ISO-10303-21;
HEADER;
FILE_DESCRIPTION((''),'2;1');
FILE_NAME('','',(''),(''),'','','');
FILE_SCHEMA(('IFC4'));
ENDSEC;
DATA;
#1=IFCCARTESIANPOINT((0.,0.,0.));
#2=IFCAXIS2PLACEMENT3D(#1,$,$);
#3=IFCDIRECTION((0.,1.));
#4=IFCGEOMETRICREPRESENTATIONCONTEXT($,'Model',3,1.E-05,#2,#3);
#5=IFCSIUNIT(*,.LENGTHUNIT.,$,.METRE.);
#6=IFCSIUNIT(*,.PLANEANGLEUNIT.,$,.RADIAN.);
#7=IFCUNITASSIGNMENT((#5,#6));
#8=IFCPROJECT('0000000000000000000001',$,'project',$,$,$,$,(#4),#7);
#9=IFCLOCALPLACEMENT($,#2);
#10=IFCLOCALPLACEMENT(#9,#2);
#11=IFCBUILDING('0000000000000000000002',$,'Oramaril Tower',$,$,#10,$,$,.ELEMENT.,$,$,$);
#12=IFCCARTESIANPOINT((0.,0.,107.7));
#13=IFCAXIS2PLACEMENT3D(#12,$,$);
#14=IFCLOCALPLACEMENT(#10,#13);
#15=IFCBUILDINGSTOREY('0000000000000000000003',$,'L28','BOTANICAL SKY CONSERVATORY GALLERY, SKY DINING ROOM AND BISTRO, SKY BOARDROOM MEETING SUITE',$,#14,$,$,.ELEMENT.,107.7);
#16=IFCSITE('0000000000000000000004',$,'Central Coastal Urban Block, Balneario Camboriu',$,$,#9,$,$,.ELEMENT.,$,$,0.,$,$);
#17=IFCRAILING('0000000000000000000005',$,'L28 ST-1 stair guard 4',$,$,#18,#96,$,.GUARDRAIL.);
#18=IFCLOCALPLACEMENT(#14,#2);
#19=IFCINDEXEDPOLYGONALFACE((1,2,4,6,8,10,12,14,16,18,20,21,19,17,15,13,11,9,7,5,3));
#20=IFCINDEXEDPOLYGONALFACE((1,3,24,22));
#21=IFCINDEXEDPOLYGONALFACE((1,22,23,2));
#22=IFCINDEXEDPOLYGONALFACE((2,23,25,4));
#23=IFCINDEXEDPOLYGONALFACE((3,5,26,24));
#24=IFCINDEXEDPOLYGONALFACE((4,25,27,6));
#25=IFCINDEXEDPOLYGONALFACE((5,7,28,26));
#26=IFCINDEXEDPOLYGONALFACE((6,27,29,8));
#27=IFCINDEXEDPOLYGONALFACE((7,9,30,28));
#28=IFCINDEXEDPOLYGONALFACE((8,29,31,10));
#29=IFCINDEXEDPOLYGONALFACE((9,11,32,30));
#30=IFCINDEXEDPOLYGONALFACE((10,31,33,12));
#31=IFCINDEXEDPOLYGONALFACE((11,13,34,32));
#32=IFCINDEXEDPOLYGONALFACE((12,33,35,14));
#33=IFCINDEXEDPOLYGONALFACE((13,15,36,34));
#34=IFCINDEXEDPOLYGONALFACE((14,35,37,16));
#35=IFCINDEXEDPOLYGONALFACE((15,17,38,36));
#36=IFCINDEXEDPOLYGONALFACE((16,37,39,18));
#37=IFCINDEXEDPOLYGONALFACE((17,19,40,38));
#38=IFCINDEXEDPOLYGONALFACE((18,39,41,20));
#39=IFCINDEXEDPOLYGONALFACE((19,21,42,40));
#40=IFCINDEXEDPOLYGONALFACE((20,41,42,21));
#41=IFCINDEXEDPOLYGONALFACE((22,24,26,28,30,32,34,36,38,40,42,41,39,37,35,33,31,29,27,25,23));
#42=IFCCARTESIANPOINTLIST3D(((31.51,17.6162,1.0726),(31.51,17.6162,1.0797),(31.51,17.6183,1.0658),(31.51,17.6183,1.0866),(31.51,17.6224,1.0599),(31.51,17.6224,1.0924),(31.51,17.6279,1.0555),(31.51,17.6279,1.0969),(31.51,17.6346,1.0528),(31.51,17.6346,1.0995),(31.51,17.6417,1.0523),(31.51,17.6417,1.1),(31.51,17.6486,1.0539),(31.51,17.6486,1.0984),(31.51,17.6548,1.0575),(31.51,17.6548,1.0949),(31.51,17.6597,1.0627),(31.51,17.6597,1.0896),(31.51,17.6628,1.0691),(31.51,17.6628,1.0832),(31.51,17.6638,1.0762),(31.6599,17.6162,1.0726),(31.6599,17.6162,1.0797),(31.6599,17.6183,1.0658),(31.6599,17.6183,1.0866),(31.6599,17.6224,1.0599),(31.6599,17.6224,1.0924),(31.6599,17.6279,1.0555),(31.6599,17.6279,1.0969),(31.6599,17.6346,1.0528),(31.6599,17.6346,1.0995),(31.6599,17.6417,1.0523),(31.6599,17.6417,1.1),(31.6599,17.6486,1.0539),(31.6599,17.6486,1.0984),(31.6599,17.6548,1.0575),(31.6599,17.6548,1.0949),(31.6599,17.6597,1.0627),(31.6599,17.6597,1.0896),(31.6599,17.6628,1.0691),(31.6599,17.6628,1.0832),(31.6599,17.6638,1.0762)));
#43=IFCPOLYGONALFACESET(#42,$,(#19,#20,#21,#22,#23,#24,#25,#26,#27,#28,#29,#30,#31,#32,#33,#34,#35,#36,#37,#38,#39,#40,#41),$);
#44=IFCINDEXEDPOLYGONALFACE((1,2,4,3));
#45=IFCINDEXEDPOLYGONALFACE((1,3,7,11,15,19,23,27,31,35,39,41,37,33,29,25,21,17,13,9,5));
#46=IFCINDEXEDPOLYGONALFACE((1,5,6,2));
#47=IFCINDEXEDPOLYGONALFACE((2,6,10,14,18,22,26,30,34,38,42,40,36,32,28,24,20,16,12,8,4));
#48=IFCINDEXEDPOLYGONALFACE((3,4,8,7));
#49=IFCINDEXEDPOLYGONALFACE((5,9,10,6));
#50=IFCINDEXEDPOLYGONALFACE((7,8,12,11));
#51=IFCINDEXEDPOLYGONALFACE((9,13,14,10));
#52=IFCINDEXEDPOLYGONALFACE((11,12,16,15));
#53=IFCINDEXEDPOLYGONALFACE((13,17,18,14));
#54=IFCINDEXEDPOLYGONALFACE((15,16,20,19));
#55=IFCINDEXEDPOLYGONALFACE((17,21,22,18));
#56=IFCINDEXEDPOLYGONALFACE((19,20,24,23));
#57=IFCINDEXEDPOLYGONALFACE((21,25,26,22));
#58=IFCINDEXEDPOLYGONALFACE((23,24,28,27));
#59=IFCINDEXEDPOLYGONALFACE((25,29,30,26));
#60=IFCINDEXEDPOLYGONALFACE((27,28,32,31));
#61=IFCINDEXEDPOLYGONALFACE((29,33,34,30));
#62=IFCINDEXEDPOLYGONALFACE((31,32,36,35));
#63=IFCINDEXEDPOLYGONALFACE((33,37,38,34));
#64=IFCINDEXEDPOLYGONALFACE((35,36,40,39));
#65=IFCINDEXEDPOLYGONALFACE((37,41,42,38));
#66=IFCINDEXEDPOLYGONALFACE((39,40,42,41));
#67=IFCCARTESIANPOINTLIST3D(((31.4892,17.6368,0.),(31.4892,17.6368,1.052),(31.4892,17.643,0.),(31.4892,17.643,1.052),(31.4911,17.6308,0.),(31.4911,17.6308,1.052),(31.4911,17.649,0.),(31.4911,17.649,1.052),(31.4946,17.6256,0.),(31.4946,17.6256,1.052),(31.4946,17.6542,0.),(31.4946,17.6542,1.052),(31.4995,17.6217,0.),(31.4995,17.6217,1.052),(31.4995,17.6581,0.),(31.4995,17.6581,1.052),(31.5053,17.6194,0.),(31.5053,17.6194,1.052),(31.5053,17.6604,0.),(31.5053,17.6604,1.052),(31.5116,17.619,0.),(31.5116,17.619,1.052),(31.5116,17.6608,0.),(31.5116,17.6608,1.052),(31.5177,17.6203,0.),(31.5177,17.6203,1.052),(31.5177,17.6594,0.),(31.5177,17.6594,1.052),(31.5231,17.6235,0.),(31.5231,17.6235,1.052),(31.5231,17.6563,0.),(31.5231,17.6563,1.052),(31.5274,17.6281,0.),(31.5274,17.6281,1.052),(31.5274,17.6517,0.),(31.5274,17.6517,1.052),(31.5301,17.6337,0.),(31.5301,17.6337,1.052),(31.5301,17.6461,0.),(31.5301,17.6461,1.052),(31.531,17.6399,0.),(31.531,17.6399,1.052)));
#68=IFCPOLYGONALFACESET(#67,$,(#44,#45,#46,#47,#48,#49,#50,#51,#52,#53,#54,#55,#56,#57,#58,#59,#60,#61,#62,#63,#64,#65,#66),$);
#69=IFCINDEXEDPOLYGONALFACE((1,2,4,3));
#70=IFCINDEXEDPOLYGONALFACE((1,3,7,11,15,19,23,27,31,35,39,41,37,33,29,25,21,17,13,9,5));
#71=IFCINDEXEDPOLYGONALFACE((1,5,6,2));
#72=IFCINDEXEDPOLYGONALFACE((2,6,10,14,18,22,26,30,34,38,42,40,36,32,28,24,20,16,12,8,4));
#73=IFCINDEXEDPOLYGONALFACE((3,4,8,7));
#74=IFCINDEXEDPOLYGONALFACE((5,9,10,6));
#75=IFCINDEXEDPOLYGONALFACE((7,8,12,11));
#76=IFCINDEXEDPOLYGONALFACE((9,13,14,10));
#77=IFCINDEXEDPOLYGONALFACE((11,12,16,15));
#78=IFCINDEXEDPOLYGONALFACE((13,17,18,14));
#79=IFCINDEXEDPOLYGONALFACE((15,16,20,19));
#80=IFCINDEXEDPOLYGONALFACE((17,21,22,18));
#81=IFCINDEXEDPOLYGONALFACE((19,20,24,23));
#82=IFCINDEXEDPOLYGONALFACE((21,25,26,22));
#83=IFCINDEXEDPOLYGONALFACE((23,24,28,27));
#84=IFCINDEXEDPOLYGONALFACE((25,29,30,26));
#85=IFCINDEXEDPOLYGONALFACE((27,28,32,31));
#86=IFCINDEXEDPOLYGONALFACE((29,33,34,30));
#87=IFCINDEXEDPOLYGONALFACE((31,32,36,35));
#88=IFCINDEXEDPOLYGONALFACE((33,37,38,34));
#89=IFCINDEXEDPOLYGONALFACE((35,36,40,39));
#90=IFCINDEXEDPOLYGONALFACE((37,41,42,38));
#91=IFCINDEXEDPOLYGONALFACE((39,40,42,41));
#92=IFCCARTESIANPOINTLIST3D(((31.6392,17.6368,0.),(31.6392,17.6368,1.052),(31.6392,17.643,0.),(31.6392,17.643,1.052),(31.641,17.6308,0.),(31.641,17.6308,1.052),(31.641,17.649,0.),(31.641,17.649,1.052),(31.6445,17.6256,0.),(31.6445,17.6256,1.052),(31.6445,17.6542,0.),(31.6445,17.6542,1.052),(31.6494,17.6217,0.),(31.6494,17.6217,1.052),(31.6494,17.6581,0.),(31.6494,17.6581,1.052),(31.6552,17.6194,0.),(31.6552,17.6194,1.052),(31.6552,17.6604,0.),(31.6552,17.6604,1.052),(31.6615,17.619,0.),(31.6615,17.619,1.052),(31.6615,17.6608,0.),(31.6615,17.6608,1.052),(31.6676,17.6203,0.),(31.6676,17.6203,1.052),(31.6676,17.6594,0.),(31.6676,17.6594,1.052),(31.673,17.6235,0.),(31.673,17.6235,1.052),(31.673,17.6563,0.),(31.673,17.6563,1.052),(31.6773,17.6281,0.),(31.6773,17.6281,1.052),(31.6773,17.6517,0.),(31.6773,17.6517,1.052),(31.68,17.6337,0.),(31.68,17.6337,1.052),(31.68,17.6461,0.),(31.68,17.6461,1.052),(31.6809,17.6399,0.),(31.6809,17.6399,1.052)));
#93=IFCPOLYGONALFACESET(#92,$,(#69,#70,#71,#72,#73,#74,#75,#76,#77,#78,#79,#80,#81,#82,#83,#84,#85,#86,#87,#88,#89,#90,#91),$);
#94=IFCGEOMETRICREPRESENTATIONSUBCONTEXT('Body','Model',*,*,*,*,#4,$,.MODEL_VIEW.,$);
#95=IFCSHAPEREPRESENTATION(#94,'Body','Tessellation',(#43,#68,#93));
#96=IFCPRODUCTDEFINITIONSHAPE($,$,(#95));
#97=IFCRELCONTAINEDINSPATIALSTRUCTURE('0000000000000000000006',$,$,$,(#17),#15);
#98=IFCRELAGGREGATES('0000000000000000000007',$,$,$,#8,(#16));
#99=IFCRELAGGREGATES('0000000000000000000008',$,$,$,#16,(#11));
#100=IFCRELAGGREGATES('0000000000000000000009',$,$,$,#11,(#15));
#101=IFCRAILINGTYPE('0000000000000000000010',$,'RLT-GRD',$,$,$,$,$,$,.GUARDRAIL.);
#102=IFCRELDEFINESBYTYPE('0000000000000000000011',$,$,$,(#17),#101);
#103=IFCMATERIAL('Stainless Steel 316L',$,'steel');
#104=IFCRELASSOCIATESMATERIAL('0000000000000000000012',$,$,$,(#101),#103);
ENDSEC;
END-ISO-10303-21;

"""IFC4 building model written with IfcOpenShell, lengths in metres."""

from ifc_helpers import new_model, si_unit, direction, frame, origin, origin_2d, place, context, subcontext, project, spatial, circle, extrude, material, type_object, element, save


model = new_model("IFC4")

# Units and contexts
model_context = context("Model", 3, precision=1e-05, world=origin(), true_north=direction((0.0, 1.0)))
body_context = subcontext(model_context, "Body", "Model", "MODEL_VIEW")
ifc_project = project(units=[si_unit("LENGTHUNIT", "METRE"), si_unit("PLANEANGLEUNIT", "RADIAN")], contexts=[model_context])

# Site, building, storey
site_placement = place(None, origin())
site = spatial("IfcSite", under=ifc_project, at=site_placement, Name="Central Coastal Urban Block, Balneario Camboriu", CompositionType="ELEMENT", RefElevation=0.0)
building_placement = place(site_placement, origin())
building = spatial("IfcBuilding", under=site, at=building_placement, Name="Oramaril Tower", CompositionType="ELEMENT")
storey_placement = place(building_placement, frame((0.0, 0.0, 107.7)))
storey = spatial("IfcBuildingStorey", under=building, at=storey_placement, Name="L28", Description="BOTANICAL SKY CONSERVATORY GALLERY, SKY DINING ROOM AND BISTRO, SKY BOARDROOM MEETING SUITE", CompositionType="ELEMENT", Elevation=107.7)

# Railing
ifc_material_1 = material(Name="Stainless Steel 316L", Category="steel")
railing_type_1 = type_object("IfcRailingType", Name="RLT-GRD", PredefinedType="GUARDRAIL", material=ifc_material_1)
railing_1_placement = place(storey_placement, frame((31.51, 17.6399, 0.0)))
element("IfcRailing", 1, at=railing_1_placement, inside=storey, type_object=railing_type_1, Name="L28 ST-1 stair guard 4", PredefinedType="GUARDRAIL", context=body_context, shape_type="SweptSolid", body=[
    extrude(circle(Radius=0.0239, at=origin_2d()), frame((0.0, 0.0, 1.0762), z_axis=(1.0, 0.0, 0.0), x_axis=(0.0, 1.0, 0.0)), (0.0, 0.0, 1.0), 0.1499),
    extrude(circle(Radius=0.021, at=origin_2d()), origin(), (0.0, 0.0, 1.0), 1.052),
    extrude(circle(Radius=0.021, at=origin_2d()), frame((0.1499, 0.0, 0.0)), (0.0, 0.0, 1.0), 1.052),
])

save(model, "model.ifc")
